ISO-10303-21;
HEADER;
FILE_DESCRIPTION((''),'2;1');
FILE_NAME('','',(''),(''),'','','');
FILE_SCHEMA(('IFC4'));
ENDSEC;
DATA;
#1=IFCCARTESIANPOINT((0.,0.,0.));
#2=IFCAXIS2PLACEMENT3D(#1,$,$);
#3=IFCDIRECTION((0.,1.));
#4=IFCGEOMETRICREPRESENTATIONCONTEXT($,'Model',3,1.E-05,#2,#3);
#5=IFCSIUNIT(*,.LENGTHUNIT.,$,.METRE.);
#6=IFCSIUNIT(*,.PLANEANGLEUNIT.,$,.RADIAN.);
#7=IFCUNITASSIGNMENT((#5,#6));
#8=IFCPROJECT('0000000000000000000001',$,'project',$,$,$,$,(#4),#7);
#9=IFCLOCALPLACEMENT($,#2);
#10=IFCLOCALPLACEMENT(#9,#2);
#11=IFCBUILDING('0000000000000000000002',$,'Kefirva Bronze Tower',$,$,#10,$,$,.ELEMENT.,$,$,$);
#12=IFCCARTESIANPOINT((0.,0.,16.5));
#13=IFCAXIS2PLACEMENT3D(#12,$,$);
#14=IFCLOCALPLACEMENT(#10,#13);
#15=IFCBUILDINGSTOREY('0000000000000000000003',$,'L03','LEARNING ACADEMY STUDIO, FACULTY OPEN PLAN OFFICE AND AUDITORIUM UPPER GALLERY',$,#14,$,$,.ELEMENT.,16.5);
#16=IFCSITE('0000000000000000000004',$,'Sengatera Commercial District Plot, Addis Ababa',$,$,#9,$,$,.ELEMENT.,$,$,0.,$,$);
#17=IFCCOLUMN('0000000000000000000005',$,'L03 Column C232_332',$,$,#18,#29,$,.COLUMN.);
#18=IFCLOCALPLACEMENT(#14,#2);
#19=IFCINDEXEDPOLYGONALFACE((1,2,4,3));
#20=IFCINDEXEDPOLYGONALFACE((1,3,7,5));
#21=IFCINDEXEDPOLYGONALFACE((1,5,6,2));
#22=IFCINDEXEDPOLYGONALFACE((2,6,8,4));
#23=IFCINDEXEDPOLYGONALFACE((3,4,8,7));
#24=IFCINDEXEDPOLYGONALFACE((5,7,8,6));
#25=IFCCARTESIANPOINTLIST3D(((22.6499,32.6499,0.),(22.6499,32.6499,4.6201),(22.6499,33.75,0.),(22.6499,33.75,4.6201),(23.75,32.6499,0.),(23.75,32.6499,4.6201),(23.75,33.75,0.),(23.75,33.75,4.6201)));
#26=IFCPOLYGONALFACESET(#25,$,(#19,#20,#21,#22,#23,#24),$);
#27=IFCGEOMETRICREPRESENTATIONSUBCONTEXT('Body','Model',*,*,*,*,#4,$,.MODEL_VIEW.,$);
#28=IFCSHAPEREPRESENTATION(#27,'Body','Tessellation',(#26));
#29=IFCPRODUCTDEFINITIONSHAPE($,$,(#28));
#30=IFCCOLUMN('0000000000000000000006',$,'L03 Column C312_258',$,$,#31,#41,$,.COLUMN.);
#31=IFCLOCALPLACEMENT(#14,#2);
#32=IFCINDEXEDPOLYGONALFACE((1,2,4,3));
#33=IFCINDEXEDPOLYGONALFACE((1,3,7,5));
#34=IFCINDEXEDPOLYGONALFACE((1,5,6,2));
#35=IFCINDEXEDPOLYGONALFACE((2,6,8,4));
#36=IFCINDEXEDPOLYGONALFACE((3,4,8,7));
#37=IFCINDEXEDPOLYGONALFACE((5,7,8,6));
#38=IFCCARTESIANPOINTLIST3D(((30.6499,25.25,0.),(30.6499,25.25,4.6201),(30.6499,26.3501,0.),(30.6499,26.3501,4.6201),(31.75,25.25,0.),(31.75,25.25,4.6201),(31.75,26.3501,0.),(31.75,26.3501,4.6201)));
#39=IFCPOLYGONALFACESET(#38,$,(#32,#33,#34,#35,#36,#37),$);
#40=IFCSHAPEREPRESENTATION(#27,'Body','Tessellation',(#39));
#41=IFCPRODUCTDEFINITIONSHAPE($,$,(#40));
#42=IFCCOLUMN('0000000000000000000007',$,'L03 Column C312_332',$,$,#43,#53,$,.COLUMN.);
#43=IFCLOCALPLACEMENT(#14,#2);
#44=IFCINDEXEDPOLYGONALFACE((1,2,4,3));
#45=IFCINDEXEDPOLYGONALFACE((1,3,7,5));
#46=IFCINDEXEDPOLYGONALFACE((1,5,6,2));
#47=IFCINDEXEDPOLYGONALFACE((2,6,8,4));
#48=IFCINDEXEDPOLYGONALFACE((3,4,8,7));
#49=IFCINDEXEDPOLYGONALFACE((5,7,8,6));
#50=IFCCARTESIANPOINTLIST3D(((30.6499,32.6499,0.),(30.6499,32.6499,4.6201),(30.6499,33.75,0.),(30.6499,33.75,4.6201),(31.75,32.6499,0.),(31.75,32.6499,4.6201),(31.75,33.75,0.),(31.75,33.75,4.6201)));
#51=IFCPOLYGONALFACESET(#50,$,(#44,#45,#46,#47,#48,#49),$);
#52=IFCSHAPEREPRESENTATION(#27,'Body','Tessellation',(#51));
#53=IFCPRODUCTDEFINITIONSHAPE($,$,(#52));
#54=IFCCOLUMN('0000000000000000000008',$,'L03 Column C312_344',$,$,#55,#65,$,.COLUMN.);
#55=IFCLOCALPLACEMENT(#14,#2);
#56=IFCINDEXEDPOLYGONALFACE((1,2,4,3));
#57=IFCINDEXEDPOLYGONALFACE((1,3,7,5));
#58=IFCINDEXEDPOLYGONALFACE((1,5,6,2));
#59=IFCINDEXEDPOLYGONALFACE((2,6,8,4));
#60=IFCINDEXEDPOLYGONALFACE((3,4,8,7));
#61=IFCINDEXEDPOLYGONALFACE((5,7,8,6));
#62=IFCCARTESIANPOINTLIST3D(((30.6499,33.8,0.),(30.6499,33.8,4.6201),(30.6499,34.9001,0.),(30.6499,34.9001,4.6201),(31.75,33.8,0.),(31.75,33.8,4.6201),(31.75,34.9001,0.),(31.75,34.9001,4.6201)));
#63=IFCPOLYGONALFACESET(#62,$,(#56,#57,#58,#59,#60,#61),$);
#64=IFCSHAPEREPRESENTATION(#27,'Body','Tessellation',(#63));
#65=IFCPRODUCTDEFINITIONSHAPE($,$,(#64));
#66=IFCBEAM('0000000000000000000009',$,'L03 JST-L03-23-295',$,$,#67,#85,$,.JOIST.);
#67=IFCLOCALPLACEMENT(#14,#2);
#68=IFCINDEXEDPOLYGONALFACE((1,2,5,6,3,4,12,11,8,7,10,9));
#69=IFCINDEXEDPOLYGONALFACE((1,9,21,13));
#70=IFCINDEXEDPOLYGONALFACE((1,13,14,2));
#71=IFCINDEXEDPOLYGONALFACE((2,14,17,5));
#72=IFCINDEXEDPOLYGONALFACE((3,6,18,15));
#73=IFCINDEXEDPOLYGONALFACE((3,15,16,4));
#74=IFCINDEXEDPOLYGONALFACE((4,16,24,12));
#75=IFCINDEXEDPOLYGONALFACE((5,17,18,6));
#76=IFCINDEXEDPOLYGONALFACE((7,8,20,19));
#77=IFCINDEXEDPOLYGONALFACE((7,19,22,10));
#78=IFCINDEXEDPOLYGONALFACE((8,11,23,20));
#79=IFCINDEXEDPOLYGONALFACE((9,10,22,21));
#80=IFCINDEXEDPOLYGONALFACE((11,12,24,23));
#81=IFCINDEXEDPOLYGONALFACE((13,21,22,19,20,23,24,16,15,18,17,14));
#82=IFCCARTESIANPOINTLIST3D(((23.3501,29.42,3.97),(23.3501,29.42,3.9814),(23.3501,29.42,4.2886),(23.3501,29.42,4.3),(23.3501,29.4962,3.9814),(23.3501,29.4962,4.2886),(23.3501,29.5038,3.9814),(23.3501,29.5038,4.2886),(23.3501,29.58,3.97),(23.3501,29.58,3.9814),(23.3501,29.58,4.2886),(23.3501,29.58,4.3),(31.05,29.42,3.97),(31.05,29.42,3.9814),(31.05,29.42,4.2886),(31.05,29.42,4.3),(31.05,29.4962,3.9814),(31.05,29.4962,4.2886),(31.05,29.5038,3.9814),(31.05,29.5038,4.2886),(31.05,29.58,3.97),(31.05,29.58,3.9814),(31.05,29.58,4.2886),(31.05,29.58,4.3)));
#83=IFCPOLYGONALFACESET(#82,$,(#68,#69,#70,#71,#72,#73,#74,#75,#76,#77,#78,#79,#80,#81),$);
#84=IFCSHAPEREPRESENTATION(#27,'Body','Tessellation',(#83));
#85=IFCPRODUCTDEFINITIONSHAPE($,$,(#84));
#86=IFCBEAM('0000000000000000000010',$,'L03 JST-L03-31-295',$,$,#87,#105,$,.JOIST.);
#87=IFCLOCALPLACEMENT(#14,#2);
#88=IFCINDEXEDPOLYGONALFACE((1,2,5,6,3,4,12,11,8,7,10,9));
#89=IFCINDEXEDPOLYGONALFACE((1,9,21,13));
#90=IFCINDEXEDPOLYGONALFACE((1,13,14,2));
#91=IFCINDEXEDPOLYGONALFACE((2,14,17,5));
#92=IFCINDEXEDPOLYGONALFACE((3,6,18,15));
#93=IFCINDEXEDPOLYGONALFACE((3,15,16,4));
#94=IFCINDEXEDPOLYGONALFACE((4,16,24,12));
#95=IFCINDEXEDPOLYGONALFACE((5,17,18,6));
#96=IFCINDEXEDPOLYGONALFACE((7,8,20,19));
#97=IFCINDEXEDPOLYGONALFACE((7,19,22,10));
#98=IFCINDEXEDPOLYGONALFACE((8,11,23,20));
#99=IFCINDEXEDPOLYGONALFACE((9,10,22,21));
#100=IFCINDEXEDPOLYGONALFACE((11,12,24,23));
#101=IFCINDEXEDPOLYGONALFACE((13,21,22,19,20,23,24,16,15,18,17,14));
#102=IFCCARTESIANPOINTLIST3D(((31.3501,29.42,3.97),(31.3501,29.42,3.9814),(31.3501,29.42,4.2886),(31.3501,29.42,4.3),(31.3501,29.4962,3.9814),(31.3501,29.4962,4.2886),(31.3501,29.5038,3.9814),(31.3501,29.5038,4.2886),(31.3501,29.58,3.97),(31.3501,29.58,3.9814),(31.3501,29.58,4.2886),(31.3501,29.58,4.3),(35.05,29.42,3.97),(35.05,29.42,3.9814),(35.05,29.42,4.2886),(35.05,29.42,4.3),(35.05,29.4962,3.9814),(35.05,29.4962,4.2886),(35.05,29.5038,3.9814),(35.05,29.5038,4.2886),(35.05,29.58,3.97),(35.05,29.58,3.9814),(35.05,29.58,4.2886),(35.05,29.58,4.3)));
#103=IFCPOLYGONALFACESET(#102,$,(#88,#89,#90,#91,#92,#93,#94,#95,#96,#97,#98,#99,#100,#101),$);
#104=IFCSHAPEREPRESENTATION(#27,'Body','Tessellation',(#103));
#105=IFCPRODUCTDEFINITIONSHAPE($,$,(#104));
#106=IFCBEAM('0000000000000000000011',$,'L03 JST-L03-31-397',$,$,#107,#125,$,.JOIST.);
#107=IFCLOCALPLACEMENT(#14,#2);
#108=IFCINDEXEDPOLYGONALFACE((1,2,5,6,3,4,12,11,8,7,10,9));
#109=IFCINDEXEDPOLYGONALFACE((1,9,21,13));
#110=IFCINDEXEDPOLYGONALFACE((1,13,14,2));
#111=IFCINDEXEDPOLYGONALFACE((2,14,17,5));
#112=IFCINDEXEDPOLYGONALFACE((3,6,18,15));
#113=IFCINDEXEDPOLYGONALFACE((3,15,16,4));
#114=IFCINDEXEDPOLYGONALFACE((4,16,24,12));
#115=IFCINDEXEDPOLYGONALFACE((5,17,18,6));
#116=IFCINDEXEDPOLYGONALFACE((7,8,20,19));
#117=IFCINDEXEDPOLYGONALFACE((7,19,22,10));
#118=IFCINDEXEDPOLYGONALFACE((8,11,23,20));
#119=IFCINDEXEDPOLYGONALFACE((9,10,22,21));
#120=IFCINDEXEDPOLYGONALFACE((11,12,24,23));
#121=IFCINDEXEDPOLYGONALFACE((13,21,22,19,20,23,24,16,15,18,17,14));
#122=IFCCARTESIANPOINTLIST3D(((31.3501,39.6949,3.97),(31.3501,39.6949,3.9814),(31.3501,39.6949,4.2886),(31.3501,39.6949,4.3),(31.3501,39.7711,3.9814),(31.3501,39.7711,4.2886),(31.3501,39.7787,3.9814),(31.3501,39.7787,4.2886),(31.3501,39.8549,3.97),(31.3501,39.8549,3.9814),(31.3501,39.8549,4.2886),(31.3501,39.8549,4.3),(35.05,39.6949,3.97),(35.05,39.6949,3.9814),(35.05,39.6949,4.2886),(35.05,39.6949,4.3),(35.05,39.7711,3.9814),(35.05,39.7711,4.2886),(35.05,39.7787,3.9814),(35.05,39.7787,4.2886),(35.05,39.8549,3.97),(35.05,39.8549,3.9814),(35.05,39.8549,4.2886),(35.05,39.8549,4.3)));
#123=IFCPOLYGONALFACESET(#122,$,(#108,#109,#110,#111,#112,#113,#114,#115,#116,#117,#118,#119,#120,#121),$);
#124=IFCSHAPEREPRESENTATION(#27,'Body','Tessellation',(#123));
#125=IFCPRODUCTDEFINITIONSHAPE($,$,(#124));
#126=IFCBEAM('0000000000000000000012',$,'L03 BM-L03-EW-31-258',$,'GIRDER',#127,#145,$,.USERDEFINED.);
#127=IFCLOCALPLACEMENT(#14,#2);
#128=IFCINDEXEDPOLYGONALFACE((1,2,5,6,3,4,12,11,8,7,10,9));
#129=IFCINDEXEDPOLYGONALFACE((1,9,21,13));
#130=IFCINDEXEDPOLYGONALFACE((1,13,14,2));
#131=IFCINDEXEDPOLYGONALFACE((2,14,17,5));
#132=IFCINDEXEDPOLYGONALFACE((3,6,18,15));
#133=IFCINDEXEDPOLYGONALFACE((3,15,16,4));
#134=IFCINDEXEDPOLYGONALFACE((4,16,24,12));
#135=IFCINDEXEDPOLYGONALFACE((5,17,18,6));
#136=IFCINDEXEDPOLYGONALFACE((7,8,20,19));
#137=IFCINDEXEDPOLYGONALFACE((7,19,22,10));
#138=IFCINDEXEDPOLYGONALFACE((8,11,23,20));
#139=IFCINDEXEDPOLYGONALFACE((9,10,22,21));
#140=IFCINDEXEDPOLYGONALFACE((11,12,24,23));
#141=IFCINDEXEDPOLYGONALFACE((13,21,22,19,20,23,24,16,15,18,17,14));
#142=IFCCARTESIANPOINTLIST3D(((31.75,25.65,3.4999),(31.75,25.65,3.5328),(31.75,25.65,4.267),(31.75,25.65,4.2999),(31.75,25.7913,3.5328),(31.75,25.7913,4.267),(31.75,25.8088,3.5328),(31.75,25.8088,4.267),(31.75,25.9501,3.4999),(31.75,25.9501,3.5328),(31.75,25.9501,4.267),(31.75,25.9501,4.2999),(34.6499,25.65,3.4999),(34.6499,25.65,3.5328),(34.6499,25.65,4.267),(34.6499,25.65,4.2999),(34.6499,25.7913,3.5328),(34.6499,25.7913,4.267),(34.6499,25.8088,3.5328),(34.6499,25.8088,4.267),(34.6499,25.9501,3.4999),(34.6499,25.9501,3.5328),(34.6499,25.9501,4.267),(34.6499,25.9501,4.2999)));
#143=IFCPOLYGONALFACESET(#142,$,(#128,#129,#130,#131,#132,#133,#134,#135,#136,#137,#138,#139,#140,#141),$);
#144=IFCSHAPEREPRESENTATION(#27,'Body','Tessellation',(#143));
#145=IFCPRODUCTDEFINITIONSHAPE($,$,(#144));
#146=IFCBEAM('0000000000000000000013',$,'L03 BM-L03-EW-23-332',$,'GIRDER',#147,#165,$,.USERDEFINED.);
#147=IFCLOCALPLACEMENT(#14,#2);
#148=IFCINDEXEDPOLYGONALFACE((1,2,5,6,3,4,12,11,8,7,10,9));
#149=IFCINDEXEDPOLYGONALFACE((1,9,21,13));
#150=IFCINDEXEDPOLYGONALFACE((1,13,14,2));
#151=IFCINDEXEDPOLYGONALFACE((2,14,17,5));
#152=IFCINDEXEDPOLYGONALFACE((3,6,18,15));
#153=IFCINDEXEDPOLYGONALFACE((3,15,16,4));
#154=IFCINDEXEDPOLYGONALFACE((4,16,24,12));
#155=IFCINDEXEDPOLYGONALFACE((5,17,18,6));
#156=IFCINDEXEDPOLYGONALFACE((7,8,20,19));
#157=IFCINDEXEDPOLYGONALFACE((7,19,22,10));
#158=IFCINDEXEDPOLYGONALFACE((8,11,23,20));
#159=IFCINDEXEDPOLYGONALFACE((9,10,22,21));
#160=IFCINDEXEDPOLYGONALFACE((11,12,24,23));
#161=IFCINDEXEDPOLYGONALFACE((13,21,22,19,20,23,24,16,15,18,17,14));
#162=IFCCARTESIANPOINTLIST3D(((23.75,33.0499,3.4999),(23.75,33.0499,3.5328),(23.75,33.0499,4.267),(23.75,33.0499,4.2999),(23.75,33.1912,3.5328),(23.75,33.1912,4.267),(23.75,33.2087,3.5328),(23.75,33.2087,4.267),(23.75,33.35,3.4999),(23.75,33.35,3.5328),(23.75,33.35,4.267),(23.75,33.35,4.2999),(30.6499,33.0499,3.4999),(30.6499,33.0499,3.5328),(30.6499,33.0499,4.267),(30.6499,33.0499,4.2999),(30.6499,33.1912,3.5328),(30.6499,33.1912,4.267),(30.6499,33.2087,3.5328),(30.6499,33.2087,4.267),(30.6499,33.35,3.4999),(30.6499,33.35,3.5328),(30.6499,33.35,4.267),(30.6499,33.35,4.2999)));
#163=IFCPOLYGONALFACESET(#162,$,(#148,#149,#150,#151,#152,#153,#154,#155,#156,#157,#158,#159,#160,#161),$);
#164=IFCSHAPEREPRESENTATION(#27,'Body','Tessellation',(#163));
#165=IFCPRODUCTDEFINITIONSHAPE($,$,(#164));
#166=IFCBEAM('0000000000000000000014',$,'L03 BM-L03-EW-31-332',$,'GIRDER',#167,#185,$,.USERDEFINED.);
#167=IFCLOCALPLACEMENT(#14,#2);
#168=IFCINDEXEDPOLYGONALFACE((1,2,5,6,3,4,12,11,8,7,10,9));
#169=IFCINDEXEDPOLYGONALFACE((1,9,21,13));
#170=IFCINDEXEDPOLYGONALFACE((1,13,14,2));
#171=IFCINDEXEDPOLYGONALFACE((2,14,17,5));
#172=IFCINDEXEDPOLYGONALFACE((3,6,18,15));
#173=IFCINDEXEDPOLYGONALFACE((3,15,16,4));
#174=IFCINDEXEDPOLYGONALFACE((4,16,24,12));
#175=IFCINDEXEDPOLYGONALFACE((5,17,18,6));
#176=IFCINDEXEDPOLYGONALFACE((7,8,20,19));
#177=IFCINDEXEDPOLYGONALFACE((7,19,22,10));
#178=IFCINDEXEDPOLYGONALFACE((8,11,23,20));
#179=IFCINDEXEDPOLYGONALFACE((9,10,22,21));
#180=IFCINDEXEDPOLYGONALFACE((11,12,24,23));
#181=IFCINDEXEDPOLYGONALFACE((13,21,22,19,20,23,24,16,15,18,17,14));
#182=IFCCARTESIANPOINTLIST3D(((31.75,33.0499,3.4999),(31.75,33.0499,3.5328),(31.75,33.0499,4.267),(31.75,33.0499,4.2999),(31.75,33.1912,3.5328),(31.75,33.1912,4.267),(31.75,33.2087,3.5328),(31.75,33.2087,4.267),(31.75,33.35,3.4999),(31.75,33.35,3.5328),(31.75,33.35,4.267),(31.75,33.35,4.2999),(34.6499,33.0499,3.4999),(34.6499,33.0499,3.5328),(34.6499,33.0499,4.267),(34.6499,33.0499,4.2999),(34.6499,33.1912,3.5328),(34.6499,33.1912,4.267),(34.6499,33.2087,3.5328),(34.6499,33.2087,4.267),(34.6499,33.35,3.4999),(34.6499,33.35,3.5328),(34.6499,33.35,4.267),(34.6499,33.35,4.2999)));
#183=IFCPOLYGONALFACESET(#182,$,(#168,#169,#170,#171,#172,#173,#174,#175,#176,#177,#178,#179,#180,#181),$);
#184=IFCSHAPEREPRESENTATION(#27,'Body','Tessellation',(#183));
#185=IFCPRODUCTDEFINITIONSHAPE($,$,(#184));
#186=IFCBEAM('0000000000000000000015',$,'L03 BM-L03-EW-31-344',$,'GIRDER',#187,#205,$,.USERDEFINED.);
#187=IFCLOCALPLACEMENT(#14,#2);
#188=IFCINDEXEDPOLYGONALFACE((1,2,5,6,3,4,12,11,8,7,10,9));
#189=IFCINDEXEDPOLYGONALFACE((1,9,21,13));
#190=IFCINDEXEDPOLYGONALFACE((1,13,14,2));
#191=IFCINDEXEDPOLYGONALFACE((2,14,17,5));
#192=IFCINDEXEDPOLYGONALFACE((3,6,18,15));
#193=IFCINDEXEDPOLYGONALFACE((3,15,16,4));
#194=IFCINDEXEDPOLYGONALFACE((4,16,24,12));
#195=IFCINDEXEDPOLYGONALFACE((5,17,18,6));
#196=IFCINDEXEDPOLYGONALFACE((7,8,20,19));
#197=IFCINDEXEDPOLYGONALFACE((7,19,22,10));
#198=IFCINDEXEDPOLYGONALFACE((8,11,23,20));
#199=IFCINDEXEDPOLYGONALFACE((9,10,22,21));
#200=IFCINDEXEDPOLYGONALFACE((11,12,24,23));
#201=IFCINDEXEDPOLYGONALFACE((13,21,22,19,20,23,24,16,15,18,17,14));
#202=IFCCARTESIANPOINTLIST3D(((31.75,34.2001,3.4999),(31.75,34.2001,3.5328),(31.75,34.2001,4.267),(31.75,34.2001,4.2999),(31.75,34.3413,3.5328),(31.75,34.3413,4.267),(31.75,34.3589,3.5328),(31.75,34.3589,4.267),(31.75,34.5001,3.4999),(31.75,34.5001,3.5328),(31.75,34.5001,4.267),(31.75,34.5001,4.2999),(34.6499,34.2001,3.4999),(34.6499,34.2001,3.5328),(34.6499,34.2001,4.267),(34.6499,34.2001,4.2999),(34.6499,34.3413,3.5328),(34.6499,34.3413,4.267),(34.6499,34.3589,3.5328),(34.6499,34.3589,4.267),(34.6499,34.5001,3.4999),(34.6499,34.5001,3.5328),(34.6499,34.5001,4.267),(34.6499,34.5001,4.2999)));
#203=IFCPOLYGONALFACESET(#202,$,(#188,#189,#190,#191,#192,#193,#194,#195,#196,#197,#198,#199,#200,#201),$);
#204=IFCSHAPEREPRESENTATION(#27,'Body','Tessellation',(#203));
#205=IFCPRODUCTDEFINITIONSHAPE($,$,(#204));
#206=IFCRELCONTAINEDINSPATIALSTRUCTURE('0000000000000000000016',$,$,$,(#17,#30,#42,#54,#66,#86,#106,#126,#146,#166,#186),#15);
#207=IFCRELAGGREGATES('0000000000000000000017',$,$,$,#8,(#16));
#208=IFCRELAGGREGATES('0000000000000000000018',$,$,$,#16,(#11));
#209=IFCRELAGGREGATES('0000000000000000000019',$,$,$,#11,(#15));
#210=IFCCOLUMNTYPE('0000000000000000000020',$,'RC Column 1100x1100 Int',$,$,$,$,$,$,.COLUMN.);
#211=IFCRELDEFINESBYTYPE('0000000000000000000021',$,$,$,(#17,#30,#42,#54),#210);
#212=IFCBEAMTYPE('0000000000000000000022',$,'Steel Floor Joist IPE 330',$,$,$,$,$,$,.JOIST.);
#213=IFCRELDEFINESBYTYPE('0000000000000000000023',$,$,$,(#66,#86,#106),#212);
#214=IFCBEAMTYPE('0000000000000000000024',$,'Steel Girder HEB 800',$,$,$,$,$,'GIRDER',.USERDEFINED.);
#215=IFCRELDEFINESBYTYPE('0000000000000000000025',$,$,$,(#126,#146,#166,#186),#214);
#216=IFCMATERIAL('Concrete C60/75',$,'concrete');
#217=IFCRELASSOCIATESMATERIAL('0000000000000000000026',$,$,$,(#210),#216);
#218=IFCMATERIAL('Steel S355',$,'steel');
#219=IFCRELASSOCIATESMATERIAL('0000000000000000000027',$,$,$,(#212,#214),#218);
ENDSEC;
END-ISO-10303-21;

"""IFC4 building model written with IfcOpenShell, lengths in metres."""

from ifc_helpers import new_model, si_unit, direction, frame, origin, origin_2d, place, context, subcontext, project, spatial, rectangle, i_section, extrude, material, material_profile, profile_set, type_object, element, save


model = new_model("IFC4")

# Units and contexts
model_context = context("Model", 3, precision=1e-05, world=origin(), true_north=direction((0.0, 1.0)))
body_context = subcontext(model_context, "Body", "Model", "MODEL_VIEW")
ifc_project = project(units=[si_unit("LENGTHUNIT", "METRE"), si_unit("PLANEANGLEUNIT", "RADIAN")], contexts=[model_context])

# Site, building, storey
site_placement = place(None, origin())
site = spatial("IfcSite", under=ifc_project, at=site_placement, Name="Sengatera Commercial District Plot, Addis Ababa", CompositionType="ELEMENT", RefElevation=0.0)
building_placement = place(site_placement, origin())
building = spatial("IfcBuilding", under=site, at=building_placement, Name="Kefirva Bronze Tower", CompositionType="ELEMENT")
storey_placement = place(building_placement, frame((0.0, 0.0, 16.5)))
storey = spatial("IfcBuildingStorey", under=building, at=storey_placement, Name="L03", Description="LEARNING ACADEMY STUDIO, FACULTY OPEN PLAN OFFICE AND AUDITORIUM UPPER GALLERY", CompositionType="ELEMENT", Elevation=16.5)

# Columns
ifc_material_1 = material(Name="Concrete C60/75", Category="concrete")
ifc_material_profile_1 = material_profile(ifc_material_1, rectangle(XDim=1.1001, YDim=1.1001, at=origin_2d()), Name="RC 1100x1100")
ifc_profile_set_1 = profile_set([ifc_material_profile_1], Name="Concrete C60/75")
column_type = type_object("IfcColumnType", Name="RC Column 1100x1100 Int", PredefinedType="COLUMN", material=ifc_profile_set_1)
for number, where, z_axis, x_axis, name in (
    (1, (23.2, 33.2, 0.0), (0.0, 0.0, 1.0), (1.0, 0.0, 0.0), "L03 Column C232_332"),
    (2, (31.2, 25.8, 0.0), (0.0, 0.0, 1.0), (1.0, 0.0, 0.0), "L03 Column C312_258"),
    (3, (31.2, 33.2, 0.0), (0.0, 0.0, 1.0), (1.0, 0.0, 0.0), "L03 Column C312_332"),
    (4, (31.2, 34.3501, 0.0), (0.0, 0.0, 1.0), (1.0, 0.0, 0.0), "L03 Column C312_344"),
):
    element("IfcColumn", number, at=place(storey_placement, frame(where, z_axis=z_axis, x_axis=x_axis)), inside=storey, type_object=column_type, Name=name, PredefinedType="COLUMN", context=body_context, shape_type="SweptSolid", body=[
        extrude(rectangle(XDim=1.1001, YDim=1.1001, at=origin_2d()), origin(), (0.0, 0.0, 1.0), 4.6201),
    ])

# Beams
ifc_material_2 = material(Name="Steel S355", Category="steel")
ifc_material_profile_2 = material_profile(ifc_material_2, i_section(OverallWidth=0.1599, OverallDepth=0.3301, WebThickness=0.0076, FlangeThickness=0.0115, at=origin_2d()), Name="IPE 330")
ifc_profile_set_2 = profile_set([ifc_material_profile_2], Name="Steel S355")
beam_type_1 = type_object("IfcBeamType", Name="Steel Floor Joist IPE 330", PredefinedType="JOIST", material=ifc_profile_set_2)
beam_1_placement = place(storey_placement, frame((23.3501, 29.5, 4.135), z_axis=(1.0, 0.0, 0.0), x_axis=(0.0, 1.0, 0.0)))
element("IfcBeam", 5, at=beam_1_placement, inside=storey, type_object=beam_type_1, Name="L03 JST-L03-23-295", PredefinedType="JOIST", context=body_context, shape_type="SweptSolid", body=[
    extrude(i_section(OverallWidth=0.1599, OverallDepth=0.3301, WebThickness=0.0076, FlangeThickness=0.0115, at=origin_2d()), origin(), (0.0, 0.0, 1.0), 7.7),
])
for number, where, z_axis, x_axis, name in (
    (6, (31.3501, 29.5, 4.135), (1.0, 0.0, 0.0), (0.0, 1.0, 0.0), "L03 JST-L03-31-295"),
    (7, (31.3501, 39.7749, 4.135), (1.0, 0.0, 0.0), (0.0, 1.0, 0.0), "L03 JST-L03-31-397"),
):
    element("IfcBeam", number, at=place(storey_placement, frame(where, z_axis=z_axis, x_axis=x_axis)), inside=storey, type_object=beam_type_1, Name=name, PredefinedType="JOIST", context=body_context, shape_type="SweptSolid", body=[
        extrude(i_section(OverallWidth=0.1599, OverallDepth=0.3301, WebThickness=0.0076, FlangeThickness=0.0115, at=origin_2d()), origin(), (0.0, 0.0, 1.0), 3.7),
    ])
ifc_material_profile_3 = material_profile(ifc_material_2, i_section(OverallWidth=0.3, OverallDepth=0.8, WebThickness=0.0176, FlangeThickness=0.033, at=origin_2d()), Name="HEB 800")
ifc_profile_set_3 = profile_set([ifc_material_profile_3], Name="Steel S355")
beam_type_2 = type_object("IfcBeamType", Name="Steel Girder HEB 800", ElementType="GIRDER", PredefinedType="USERDEFINED", material=ifc_profile_set_3)
beam_2_placement = place(storey_placement, frame((31.75, 25.8, 3.8999), z_axis=(1.0, 0.0, 0.0), x_axis=(0.0, 1.0, 0.0)))
element("IfcBeam", 8, at=beam_2_placement, inside=storey, type_object=beam_type_2, Name="L03 BM-L03-EW-31-258", ObjectType="GIRDER", PredefinedType="USERDEFINED", context=body_context, shape_type="SweptSolid", body=[
    extrude(i_section(OverallWidth=0.3, OverallDepth=0.8, WebThickness=0.0176, FlangeThickness=0.033, at=origin_2d()), origin(), (0.0, 0.0, 1.0), 2.8999),
])
beam_3_placement = place(storey_placement, frame((23.75, 33.2, 3.8999), z_axis=(1.0, 0.0, 0.0), x_axis=(0.0, 1.0, 0.0)))
element("IfcBeam", 9, at=beam_3_placement, inside=storey, type_object=beam_type_2, Name="L03 BM-L03-EW-23-332", ObjectType="GIRDER", PredefinedType="USERDEFINED", context=body_context, shape_type="SweptSolid", body=[
    extrude(i_section(OverallWidth=0.3, OverallDepth=0.8, WebThickness=0.0176, FlangeThickness=0.033, at=origin_2d()), origin(), (0.0, 0.0, 1.0), 6.8999),
])
for number, where, z_axis, x_axis, name in (
    (10, (31.75, 33.2, 3.8999), (1.0, 0.0, 0.0), (0.0, 1.0, 0.0), "L03 BM-L03-EW-31-332"),
    (11, (31.75, 34.3501, 3.8999), (1.0, 0.0, 0.0), (0.0, 1.0, 0.0), "L03 BM-L03-EW-31-344"),
):
    element("IfcBeam", number, at=place(storey_placement, frame(where, z_axis=z_axis, x_axis=x_axis)), inside=storey, type_object=beam_type_2, Name=name, ObjectType="GIRDER", PredefinedType="USERDEFINED", context=body_context, shape_type="SweptSolid", body=[
        extrude(i_section(OverallWidth=0.3, OverallDepth=0.8, WebThickness=0.0176, FlangeThickness=0.033, at=origin_2d()), origin(), (0.0, 0.0, 1.0), 2.8999),
    ])

save(model, "model.ifc")
